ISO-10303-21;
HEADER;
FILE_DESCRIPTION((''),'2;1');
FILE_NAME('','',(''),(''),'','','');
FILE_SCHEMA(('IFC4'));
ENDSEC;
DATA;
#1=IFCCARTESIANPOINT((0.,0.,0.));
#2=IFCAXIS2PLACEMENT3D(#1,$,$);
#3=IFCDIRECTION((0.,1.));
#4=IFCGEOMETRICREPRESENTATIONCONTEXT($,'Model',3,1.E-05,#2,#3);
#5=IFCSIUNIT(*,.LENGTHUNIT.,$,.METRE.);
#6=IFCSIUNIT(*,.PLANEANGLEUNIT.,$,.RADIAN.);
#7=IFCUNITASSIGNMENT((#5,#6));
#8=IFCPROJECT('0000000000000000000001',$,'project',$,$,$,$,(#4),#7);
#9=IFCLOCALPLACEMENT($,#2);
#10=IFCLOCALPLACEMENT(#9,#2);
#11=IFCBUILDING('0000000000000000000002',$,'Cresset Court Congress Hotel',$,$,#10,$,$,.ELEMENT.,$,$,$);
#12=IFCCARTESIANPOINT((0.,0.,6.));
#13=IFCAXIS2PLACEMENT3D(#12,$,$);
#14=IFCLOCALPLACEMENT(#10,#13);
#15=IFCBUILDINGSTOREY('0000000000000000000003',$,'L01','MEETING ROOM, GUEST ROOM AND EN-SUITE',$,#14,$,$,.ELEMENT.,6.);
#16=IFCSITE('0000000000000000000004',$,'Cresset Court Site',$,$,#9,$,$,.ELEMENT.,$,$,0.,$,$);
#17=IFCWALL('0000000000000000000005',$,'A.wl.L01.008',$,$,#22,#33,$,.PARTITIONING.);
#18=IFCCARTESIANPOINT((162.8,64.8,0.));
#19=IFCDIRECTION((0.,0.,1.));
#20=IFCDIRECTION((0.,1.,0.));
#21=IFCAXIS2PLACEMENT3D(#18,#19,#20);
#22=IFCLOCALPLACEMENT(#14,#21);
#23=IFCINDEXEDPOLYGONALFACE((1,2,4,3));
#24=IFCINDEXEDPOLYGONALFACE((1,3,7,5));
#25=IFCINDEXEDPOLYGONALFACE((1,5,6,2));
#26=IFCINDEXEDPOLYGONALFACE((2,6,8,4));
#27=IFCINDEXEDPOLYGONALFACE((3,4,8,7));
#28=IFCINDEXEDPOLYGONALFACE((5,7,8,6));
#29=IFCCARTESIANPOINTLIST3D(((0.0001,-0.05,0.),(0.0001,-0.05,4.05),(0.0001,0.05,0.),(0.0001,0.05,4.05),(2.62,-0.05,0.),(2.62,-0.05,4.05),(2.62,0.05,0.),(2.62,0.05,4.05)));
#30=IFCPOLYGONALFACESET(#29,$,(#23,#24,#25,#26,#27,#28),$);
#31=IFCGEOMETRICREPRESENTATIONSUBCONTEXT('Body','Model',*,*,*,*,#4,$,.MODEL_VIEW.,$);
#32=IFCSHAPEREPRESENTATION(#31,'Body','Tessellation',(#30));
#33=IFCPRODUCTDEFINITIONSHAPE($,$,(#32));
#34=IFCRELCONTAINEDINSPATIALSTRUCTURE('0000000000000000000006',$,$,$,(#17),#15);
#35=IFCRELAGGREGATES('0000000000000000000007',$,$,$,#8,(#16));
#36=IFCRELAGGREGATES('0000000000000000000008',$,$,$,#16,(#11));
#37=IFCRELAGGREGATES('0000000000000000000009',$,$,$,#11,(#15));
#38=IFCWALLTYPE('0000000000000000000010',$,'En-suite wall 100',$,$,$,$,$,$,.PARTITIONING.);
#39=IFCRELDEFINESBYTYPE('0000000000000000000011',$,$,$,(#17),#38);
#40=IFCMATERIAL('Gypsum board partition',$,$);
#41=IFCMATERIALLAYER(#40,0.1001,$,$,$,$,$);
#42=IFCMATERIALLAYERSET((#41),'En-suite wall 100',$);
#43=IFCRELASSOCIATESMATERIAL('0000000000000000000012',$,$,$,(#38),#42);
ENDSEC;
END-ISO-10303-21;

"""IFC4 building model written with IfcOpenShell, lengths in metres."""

from ifc_helpers import new_model, si_unit, direction, frame, frame_2d, origin, place, context, subcontext, project, spatial, rectangle, extrude, material, layer, layer_set, type_object, element, save


model = new_model("IFC4")

# Units and contexts
model_context = context("Model", 3, precision=1e-05, world=origin(), true_north=direction((0.0, 1.0)))
body_context = subcontext(model_context, "Body", "Model", "MODEL_VIEW")
ifc_project = project(units=[si_unit("LENGTHUNIT", "METRE"), si_unit("PLANEANGLEUNIT", "RADIAN")], contexts=[model_context])

# Site, building, storey
site_placement = place(None, origin())
site = spatial("IfcSite", under=ifc_project, at=site_placement, Name="Cresset Court Site", CompositionType="ELEMENT", RefElevation=0.0)
building_placement = place(site_placement, origin())
building = spatial("IfcBuilding", under=site, at=building_placement, Name="Cresset Court Congress Hotel", CompositionType="ELEMENT")
storey_placement = place(building_placement, frame((0.0, 0.0, 6.0)))
storey = spatial("IfcBuildingStorey", under=building, at=storey_placement, Name="L01", Description="MEETING ROOM, GUEST ROOM AND EN-SUITE", CompositionType="ELEMENT", Elevation=6.0)

# Shared definitions
ifc_material_1 = material(Name="Gypsum board partition")
ifc_layer_1 = layer(ifc_material_1, 0.1001)
ifc_layer_set_1 = layer_set([ifc_layer_1], Name="En-suite wall 100")
wall_type_1 = type_object("IfcWallType", Name="En-suite wall 100", PredefinedType="PARTITIONING", material=ifc_layer_set_1)

# Wall
wall_1_placement = place(storey_placement, frame((162.8, 64.8, 0.0), z_axis=(0.0, 0.0, 1.0), x_axis=(0.0, 1.0, 0.0)))
element("IfcWall", 1, at=wall_1_placement, inside=storey, type_object=wall_type_1, Name="A.wl.L01.008", PredefinedType="PARTITIONING", context=body_context, shape_type="SweptSolid", body=[
    extrude(rectangle(XDim=2.6199, YDim=0.1001, at=frame_2d((1.3101, 0.0))), origin(), (0.0, 0.0, 1.0), 4.05),
])

save(model, "model.ifc")
